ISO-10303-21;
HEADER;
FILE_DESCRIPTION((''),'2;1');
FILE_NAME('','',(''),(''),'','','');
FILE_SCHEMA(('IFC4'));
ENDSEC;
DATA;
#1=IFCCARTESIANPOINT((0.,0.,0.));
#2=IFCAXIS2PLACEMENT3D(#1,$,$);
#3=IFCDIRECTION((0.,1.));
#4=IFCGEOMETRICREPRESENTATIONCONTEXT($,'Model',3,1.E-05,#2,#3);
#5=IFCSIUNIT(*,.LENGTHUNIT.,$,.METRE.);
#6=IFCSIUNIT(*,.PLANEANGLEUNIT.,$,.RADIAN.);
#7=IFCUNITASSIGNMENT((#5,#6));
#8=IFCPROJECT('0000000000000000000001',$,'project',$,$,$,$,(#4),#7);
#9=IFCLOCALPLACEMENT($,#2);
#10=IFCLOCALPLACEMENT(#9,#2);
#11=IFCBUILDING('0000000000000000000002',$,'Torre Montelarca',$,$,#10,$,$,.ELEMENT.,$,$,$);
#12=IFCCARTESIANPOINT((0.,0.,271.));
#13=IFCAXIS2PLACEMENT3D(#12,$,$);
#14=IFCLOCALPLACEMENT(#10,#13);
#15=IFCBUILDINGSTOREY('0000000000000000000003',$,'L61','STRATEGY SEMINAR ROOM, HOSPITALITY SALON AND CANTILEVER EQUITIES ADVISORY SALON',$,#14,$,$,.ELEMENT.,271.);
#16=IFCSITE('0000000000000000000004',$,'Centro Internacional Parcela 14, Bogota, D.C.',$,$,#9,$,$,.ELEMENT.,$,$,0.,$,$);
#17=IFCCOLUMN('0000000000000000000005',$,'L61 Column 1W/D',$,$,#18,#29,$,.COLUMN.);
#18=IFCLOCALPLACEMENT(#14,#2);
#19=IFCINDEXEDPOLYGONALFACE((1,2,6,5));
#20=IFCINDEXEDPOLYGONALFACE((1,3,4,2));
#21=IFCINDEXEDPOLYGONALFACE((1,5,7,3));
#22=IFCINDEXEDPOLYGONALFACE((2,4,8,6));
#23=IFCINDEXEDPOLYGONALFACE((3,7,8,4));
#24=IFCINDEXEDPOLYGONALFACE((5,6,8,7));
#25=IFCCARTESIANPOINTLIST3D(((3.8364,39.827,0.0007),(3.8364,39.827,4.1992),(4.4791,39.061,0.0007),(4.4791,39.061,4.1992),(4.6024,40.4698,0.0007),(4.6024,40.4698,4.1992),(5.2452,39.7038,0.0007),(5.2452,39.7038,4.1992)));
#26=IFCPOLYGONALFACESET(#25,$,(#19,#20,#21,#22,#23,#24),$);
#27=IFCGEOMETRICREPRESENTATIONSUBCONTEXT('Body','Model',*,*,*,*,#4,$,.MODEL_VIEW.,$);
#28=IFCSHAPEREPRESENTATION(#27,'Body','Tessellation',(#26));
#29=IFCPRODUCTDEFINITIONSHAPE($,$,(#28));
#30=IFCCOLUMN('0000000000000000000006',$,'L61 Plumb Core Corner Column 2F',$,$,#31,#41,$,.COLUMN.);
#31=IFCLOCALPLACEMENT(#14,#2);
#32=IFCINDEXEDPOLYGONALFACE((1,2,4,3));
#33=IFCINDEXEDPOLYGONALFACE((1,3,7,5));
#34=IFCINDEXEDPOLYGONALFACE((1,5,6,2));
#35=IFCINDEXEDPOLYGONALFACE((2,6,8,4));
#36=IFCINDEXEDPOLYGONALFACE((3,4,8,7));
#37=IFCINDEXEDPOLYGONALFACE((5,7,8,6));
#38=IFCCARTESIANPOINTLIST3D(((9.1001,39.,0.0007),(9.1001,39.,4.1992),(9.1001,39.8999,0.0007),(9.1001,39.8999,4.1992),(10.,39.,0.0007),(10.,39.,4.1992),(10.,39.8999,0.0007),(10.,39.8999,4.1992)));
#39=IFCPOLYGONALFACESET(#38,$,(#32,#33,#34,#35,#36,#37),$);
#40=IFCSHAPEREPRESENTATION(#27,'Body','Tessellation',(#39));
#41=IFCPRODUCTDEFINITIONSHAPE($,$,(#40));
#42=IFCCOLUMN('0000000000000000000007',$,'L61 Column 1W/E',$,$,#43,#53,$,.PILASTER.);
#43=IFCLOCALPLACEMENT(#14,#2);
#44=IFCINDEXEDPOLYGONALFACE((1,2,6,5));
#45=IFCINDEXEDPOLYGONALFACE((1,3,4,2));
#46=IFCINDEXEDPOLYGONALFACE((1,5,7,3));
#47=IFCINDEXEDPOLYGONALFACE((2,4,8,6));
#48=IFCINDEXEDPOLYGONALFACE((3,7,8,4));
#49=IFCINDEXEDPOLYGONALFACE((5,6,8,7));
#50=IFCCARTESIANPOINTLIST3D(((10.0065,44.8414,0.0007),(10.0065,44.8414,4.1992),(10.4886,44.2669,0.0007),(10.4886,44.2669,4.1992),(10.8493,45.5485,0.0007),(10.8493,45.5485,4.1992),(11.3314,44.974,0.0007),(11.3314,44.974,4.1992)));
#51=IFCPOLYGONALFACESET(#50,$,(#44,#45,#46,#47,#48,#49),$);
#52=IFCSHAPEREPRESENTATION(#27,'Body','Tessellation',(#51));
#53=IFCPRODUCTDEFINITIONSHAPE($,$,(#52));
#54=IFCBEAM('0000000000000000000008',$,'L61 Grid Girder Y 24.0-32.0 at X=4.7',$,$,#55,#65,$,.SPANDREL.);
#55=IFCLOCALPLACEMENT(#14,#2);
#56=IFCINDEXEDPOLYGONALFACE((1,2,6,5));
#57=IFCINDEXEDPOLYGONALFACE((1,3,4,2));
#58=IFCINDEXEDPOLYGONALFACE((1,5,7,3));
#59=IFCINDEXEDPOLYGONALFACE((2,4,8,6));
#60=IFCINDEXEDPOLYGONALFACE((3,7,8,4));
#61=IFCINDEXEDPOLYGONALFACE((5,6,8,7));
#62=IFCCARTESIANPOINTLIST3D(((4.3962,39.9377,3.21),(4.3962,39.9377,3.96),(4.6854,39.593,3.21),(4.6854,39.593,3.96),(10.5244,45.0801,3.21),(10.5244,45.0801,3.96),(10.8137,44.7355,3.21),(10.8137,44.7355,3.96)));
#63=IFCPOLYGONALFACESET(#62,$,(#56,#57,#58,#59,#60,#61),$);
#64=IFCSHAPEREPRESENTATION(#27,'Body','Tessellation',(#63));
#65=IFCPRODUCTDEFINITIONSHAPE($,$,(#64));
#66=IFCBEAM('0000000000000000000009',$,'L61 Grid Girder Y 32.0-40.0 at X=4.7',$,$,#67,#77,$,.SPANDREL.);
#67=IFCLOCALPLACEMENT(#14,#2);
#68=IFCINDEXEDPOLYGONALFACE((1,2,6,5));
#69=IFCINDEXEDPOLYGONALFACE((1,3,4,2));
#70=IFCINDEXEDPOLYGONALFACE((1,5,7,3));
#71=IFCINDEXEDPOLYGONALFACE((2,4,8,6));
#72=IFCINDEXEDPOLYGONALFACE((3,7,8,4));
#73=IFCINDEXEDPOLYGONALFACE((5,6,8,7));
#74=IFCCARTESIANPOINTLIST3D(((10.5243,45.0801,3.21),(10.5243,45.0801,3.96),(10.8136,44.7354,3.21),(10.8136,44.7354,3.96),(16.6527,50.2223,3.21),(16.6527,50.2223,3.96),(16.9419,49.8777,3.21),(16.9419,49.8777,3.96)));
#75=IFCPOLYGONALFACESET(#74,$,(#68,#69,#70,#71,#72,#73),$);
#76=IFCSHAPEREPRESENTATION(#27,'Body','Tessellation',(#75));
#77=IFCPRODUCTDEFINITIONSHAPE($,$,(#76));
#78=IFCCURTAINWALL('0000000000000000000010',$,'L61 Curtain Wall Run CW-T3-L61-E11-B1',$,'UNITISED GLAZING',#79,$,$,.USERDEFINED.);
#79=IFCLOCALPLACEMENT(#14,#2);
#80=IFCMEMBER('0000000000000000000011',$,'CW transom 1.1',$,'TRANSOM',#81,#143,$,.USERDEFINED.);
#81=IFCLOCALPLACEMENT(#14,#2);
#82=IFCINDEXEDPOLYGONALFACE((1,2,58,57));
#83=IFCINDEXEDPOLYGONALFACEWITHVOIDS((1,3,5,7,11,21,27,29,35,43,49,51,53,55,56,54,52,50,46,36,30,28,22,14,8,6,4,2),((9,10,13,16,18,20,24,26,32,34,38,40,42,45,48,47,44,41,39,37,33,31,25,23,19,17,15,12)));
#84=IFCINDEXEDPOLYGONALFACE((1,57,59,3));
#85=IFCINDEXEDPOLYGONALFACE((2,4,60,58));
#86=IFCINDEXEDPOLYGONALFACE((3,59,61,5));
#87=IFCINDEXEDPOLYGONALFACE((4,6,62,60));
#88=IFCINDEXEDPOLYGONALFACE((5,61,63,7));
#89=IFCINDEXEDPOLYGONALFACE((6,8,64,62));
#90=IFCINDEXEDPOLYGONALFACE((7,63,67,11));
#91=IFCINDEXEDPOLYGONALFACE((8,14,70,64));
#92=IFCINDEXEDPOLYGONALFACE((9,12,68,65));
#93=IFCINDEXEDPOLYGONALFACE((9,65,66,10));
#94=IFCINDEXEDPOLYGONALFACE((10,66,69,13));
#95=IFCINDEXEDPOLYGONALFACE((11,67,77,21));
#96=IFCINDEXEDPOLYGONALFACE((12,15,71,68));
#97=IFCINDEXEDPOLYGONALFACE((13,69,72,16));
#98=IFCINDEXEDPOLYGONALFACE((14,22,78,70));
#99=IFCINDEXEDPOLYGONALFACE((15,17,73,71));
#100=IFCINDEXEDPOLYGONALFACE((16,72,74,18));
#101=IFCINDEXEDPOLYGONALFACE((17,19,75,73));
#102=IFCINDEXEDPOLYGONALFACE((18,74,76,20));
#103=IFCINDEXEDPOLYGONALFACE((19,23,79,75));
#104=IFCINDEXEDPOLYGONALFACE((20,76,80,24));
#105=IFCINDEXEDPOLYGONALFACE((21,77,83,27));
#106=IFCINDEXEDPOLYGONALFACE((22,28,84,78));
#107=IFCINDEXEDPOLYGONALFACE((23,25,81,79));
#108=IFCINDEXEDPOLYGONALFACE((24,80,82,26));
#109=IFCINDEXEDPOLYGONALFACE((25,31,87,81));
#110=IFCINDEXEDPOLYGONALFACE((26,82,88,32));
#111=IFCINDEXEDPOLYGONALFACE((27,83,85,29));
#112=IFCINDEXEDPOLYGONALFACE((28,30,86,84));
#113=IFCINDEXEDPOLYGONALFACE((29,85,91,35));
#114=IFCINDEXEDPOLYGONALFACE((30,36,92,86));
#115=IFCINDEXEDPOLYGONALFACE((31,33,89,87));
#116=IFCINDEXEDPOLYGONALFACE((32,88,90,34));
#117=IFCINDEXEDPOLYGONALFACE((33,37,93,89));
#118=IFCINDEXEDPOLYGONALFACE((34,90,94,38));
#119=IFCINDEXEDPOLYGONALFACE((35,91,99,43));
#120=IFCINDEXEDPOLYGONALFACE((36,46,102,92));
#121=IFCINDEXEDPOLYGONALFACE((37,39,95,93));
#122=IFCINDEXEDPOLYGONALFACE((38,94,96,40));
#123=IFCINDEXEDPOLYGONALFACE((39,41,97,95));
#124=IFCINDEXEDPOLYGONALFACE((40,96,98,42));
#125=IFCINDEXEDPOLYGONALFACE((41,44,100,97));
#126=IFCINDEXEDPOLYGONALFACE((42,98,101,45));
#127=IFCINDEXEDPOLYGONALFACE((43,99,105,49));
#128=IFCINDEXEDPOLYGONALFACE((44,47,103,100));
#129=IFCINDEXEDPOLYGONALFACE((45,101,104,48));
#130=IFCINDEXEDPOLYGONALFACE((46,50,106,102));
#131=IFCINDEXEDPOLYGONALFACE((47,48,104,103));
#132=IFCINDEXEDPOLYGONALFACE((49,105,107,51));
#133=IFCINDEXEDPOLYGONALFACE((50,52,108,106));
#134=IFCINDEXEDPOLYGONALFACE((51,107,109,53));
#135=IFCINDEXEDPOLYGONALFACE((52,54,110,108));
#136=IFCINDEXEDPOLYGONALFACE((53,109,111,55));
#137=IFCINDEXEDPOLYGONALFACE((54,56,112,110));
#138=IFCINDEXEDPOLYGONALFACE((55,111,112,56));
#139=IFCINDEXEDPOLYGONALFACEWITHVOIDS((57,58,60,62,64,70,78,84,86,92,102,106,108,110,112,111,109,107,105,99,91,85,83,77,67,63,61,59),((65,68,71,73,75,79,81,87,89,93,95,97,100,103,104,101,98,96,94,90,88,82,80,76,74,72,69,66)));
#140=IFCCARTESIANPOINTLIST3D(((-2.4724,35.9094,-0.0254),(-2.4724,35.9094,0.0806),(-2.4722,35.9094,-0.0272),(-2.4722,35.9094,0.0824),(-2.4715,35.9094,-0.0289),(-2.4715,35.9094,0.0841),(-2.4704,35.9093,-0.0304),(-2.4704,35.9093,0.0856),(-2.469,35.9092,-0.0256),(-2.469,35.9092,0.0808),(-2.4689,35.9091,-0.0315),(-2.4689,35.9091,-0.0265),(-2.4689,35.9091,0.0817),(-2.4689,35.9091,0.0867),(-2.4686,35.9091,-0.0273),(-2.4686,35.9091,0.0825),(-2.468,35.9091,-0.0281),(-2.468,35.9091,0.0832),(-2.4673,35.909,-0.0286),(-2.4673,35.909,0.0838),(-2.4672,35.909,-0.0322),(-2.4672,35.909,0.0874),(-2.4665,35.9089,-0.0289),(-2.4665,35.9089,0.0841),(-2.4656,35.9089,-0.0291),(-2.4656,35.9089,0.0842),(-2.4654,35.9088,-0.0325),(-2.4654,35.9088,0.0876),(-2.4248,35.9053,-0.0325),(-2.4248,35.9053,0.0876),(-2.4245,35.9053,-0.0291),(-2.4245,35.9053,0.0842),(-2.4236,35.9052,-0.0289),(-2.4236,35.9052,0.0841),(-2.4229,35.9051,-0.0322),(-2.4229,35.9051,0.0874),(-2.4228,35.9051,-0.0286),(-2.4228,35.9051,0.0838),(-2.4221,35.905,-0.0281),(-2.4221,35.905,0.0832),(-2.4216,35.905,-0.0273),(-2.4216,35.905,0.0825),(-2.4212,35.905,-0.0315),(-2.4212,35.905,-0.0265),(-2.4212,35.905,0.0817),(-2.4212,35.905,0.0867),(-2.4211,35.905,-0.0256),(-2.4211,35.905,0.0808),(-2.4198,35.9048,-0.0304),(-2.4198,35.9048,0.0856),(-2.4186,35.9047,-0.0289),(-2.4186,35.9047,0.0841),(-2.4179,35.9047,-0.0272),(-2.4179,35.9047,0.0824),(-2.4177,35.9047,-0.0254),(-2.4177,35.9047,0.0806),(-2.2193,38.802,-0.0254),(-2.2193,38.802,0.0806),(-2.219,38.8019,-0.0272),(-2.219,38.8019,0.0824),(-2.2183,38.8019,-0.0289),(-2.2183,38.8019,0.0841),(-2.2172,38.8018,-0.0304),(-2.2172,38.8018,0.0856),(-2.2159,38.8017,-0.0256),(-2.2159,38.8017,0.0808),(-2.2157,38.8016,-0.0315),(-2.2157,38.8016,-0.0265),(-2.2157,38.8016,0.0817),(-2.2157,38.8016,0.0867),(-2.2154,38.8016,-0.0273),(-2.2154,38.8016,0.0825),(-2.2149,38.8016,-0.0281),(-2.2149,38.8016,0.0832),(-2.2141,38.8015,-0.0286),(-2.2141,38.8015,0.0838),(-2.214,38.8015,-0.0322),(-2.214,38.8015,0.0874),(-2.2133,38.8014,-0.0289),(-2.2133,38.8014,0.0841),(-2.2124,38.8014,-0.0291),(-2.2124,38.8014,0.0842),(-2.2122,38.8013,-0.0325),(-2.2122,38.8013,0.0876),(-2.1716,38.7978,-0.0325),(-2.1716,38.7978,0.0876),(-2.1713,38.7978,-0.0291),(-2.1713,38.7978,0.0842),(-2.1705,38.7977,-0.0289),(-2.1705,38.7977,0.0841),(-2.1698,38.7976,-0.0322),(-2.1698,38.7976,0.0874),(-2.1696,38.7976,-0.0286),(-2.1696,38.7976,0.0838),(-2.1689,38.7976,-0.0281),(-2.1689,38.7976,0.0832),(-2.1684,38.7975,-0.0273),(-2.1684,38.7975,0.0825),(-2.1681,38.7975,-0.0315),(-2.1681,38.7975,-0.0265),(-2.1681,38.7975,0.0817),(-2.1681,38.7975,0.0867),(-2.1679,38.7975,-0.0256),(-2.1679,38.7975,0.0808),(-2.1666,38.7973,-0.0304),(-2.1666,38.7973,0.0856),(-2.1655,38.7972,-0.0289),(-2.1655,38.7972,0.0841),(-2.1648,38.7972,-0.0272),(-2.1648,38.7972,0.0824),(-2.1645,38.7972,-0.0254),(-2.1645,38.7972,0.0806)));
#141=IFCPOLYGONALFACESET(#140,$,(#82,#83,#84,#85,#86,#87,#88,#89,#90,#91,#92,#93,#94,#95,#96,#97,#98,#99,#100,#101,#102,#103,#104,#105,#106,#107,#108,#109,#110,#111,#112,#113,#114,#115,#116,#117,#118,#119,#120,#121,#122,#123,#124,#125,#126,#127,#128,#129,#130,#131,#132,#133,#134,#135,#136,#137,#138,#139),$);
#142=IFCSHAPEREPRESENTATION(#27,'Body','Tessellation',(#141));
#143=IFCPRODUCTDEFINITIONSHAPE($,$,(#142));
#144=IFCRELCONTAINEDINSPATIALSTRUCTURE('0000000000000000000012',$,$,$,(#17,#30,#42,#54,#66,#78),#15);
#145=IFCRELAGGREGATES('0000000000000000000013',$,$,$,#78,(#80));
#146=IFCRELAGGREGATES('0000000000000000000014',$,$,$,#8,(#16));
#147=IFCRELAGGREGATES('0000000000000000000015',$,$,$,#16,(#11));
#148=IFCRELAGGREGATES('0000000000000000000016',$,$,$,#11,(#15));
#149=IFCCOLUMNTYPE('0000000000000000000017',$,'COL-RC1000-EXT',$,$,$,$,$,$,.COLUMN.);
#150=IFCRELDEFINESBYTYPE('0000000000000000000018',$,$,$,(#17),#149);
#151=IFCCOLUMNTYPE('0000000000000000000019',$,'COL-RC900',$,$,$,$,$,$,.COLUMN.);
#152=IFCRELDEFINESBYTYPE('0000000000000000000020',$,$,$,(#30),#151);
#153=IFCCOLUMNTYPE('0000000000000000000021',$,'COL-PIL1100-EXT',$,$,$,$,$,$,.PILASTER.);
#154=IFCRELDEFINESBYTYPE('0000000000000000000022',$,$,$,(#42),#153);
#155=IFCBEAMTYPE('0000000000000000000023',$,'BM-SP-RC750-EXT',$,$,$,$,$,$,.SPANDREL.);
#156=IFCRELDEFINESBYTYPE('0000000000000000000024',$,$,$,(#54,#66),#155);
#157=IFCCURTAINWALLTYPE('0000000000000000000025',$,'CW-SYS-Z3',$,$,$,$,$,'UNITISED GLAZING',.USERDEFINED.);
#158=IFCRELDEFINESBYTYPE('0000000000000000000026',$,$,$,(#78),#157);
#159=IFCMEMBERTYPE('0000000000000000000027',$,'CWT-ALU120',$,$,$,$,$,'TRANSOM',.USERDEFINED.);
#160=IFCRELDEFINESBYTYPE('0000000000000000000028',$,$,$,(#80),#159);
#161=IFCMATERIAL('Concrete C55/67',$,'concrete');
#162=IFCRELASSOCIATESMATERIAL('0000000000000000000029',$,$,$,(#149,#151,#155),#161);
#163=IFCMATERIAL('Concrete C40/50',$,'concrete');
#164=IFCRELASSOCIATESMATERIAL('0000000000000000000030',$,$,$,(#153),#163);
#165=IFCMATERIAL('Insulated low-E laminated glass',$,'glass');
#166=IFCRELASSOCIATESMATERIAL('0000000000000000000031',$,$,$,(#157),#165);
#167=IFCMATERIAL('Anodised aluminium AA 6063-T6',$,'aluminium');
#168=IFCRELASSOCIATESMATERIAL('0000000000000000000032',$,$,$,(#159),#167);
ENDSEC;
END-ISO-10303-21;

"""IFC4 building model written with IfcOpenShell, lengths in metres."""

from ifc_helpers import new_model, si_unit, direction, frame, origin, origin_2d, place, context, subcontext, project, spatial, rectangle, hollow_rectangle, extrude, source, transform, mapped, material, material_profile, profile_set, type_object, element, aggregate, save


model = new_model("IFC4")

# Units and contexts
model_context = context("Model", 3, precision=1e-05, world=origin(), true_north=direction((0.0, 1.0)))
body_context = subcontext(model_context, "Body", "Model", "MODEL_VIEW")
ifc_project = project(units=[si_unit("LENGTHUNIT", "METRE"), si_unit("PLANEANGLEUNIT", "RADIAN")], contexts=[model_context])

# Site, building, storey
site_placement = place(None, origin())
site = spatial("IfcSite", under=ifc_project, at=site_placement, Name="Centro Internacional Parcela 14, Bogota, D.C.", CompositionType="ELEMENT", RefElevation=0.0)
building_placement = place(site_placement, origin())
building = spatial("IfcBuilding", under=site, at=building_placement, Name="Torre Montelarca", CompositionType="ELEMENT")
storey_placement = place(building_placement, frame((0.0, 0.0, 271.0)))
storey = spatial("IfcBuildingStorey", under=building, at=storey_placement, Name="L61", Description="STRATEGY SEMINAR ROOM, HOSPITALITY SALON AND CANTILEVER EQUITIES ADVISORY SALON", CompositionType="ELEMENT", Elevation=271.0)

# Columns
ifc_material_1 = material(Name="Concrete C55/67", Category="concrete")
ifc_material_profile_1 = material_profile(ifc_material_1, rectangle(XDim=1.0, YDim=1.0, at=origin_2d()), Name="RC1000X1000", Category="concrete")
ifc_profile_set_1 = profile_set([ifc_material_profile_1], Name="Concrete C55/67")
column_type_1 = type_object("IfcColumnType", Name="COL-RC1000-EXT", PredefinedType="COLUMN", material=ifc_profile_set_1)
shared_shape_1 = source(origin(), body_context, "Body", "SweptSolid", [
    extrude(rectangle(XDim=1.0, YDim=1.0, at=origin_2d()), origin(), (0.0, 0.0, 1.0), 4.1985),
])
column_1_placement = place(storey_placement, frame((4.5408, 39.7654, 0.0007), z_axis=(0.0, 0.0, 1.0), x_axis=(-0.642788, 0.766044, 0.0)))
element("IfcColumn", 1, at=column_1_placement, inside=storey, type_object=column_type_1, Name="L61 Column 1W/D", PredefinedType="COLUMN", context=body_context, shape_type="MappedRepresentation", body=[
    mapped(shared_shape_1, transform((0.0, 0.0, 0.0), scale=1.0)),
])
ifc_material_profile_2 = material_profile(ifc_material_1, rectangle(XDim=0.8999, YDim=0.8999, at=origin_2d()), Name="RC900X900", Category="concrete")
ifc_profile_set_2 = profile_set([ifc_material_profile_2], Name="Concrete C55/67")
column_type_2 = type_object("IfcColumnType", Name="COL-RC900", PredefinedType="COLUMN", material=ifc_profile_set_2)
shared_shape_2 = source(origin(), body_context, "Body", "SweptSolid", [
    extrude(rectangle(XDim=0.8999, YDim=0.8999, at=origin_2d()), origin(), (0.0, 0.0, 1.0), 4.1985),
])
column_2_placement = place(storey_placement, frame((9.55, 39.45, 0.0007), z_axis=(0.0, 0.0, 1.0), x_axis=(1.0, 0.0, 0.0)))
element("IfcColumn", 2, at=column_2_placement, inside=storey, type_object=column_type_2, Name="L61 Plumb Core Corner Column 2F", PredefinedType="COLUMN", context=body_context, shape_type="MappedRepresentation", body=[
    mapped(shared_shape_2, transform((0.0, 0.0, 0.0), scale=1.0)),
])
ifc_material_2 = material(Name="Concrete C40/50", Category="concrete")
ifc_material_profile_3 = material_profile(ifc_material_2, rectangle(XDim=0.75, YDim=1.1001, at=origin_2d()), Name="RC1100X750", Category="concrete")
ifc_profile_set_3 = profile_set([ifc_material_profile_3], Name="Concrete C40/50")
column_type_3 = type_object("IfcColumnType", Name="COL-PIL1100-EXT", PredefinedType="PILASTER", material=ifc_profile_set_3)
shared_shape_3 = source(origin(), body_context, "Body", "SweptSolid", [
    extrude(rectangle(XDim=0.75, YDim=1.1001, at=origin_2d()), origin(), (0.0, 0.0, 1.0), 4.1985),
])
column_3_placement = place(storey_placement, frame((10.6689, 44.9077, 0.0007), z_axis=(0.0, 0.0, 1.0), x_axis=(-0.642788, 0.766044, 0.0)))
element("IfcColumn", 3, at=column_3_placement, inside=storey, type_object=column_type_3, Name="L61 Column 1W/E", PredefinedType="PILASTER", context=body_context, shape_type="MappedRepresentation", body=[
    mapped(shared_shape_3, transform((0.0, 0.0, 0.0), scale=1.0)),
])

# Beams
ifc_material_profile_4 = material_profile(ifc_material_1, rectangle(XDim=0.45, YDim=0.75, at=origin_2d()), Name="RCB450X750", Category="concrete")
ifc_profile_set_4 = profile_set([ifc_material_profile_4], Name="Concrete C55/67")
beam_type = type_object("IfcBeamType", Name="BM-SP-RC750-EXT", PredefinedType="SPANDREL", material=ifc_profile_set_4)
shared_shape_4 = source(origin(), body_context, "Body", "SweptSolid", [
    extrude(rectangle(XDim=0.45, YDim=0.75, at=origin_2d()), origin(), (0.0, 0.0, 1.0), 8.0),
])
for number, where, z_axis, x_axis, name in (
    (4, (4.5408, 39.7654, 3.585), (0.766033, 0.642801, 0.0), (-0.642801, 0.766033, 0.0), "L61 Grid Girder Y 24.0-32.0 at X=4.7"),
    (5, (10.6689, 44.9077, 3.585), (0.766046, 0.642786, 0.0), (-0.642786, 0.766046, 0.0), "L61 Grid Girder Y 32.0-40.0 at X=4.7"),
):
    element("IfcBeam", number, at=place(storey_placement, frame(where, z_axis=z_axis, x_axis=x_axis)), inside=storey, type_object=beam_type, Name=name, PredefinedType="SPANDREL", context=body_context, shape_type="MappedRepresentation", body=[
        mapped(shared_shape_4, transform((0.0, 0.0, 0.0), scale=1.0)),
    ])

# Curtain wall, member
ifc_material_3 = material(Name="Insulated low-E laminated glass", Category="glass")
curtain_wall_type = type_object("IfcCurtainWallType", Name="CW-SYS-Z3", ElementType="UNITISED GLAZING", PredefinedType="USERDEFINED", material=ifc_material_3)
curtain_wall_1_placement = place(storey_placement, origin())
curtain_wall_1 = element("IfcCurtainWall", 6, at=curtain_wall_1_placement, inside=storey, type_object=curtain_wall_type, Name="L61 Curtain Wall Run CW-T3-L61-E11-B1", ObjectType="UNITISED GLAZING", PredefinedType="USERDEFINED")
ifc_material_4 = material(Name="Anodised aluminium AA 6063-T6", Category="aluminium")
ifc_material_profile_5 = material_profile(ifc_material_4, hollow_rectangle(XDim=0.0549, YDim=0.1201, WallThickness=0.0034, InnerFilletRadius=0.0034, OuterFilletRadius=0.0071, at=origin_2d()), Name="ALU55X120X3.5", Category="aluminium")
ifc_profile_set_5 = profile_set([ifc_material_profile_5], Name="Anodised aluminium AA 6063-T6")
member_type_1 = type_object("IfcMemberType", Name="CWT-ALU120", ElementType="TRANSOM", PredefinedType="USERDEFINED", material=ifc_profile_set_5)
shared_shape_5 = source(origin(), body_context, "Body", "SweptSolid", [
    extrude(hollow_rectangle(XDim=0.0549, YDim=0.1201, WallThickness=0.0034, InnerFilletRadius=0.0034, OuterFilletRadius=0.0071, at=origin_2d()), origin(), (0.0, 0.0, 1.0), 2.9036),
])
member_1_placement = place(storey_placement, frame((-2.1919, 38.7996, 0.0276), z_axis=(-0.087192, -0.996192, 0.0), x_axis=(0.996192, -0.087192, 0.0)))
member_1 = element("IfcMember", 7, at=member_1_placement, type_object=member_type_1, Name="CW transom 1.1", ObjectType="TRANSOM", PredefinedType="USERDEFINED", context=body_context, shape_type="MappedRepresentation", body=[
    mapped(shared_shape_5, transform((0.0, 0.0, 0.0), scale=1.0)),
])

aggregate(curtain_wall_1, [member_1])

save(model, "model.ifc")
